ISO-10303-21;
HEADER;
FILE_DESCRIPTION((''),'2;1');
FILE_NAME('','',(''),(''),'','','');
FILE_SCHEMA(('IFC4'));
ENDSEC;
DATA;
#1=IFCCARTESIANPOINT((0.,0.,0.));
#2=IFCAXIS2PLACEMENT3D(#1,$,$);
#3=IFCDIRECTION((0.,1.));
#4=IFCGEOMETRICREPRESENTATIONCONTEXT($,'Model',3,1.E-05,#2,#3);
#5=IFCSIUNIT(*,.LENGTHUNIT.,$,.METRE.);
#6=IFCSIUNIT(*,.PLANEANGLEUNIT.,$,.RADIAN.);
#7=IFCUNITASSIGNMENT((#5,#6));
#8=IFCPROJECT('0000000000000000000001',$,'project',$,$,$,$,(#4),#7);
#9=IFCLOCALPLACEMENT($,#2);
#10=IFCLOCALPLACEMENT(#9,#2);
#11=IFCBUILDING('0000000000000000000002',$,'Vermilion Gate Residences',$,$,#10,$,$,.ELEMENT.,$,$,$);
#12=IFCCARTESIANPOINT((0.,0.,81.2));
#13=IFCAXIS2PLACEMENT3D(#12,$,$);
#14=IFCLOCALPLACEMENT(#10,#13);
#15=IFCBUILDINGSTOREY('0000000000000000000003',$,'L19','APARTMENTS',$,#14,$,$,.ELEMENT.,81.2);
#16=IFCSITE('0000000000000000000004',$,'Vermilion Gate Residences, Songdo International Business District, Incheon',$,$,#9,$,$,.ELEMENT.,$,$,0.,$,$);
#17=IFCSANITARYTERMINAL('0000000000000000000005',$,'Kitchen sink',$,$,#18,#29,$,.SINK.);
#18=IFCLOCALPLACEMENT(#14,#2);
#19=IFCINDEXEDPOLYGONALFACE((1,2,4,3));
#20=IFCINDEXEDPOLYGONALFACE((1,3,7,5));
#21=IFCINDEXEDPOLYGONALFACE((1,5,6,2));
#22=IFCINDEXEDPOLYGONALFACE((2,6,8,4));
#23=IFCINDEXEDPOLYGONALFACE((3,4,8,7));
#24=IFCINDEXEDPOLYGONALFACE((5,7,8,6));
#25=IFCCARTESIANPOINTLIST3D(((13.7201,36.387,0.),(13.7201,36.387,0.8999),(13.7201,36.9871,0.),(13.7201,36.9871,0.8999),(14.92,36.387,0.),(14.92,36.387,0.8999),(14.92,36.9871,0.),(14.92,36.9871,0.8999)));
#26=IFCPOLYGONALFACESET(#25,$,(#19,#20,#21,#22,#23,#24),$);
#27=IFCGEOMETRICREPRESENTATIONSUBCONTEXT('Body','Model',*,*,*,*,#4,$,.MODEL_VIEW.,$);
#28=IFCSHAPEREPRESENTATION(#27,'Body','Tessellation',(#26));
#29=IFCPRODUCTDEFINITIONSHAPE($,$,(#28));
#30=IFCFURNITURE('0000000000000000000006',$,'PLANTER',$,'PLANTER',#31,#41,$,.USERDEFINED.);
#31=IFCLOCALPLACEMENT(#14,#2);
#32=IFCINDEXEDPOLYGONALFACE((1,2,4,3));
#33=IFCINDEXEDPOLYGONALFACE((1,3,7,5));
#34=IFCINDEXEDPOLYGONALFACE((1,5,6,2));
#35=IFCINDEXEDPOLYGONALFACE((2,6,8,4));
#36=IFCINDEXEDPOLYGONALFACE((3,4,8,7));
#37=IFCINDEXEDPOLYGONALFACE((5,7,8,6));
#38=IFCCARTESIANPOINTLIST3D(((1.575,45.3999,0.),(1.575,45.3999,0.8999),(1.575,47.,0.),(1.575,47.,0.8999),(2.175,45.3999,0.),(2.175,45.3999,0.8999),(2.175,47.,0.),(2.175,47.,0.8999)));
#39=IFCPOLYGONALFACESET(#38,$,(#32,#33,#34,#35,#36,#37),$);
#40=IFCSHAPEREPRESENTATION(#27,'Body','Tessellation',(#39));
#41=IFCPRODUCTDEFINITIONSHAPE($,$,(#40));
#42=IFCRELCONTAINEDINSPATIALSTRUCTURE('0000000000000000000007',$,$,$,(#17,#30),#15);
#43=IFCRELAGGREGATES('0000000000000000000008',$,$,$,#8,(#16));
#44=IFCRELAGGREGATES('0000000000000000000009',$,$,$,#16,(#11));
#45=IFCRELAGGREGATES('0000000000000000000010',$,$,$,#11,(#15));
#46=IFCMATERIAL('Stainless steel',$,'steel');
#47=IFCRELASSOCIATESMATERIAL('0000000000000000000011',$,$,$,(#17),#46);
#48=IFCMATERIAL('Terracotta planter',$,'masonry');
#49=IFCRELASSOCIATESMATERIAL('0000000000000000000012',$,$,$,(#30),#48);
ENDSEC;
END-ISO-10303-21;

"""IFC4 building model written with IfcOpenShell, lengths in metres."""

from ifc_helpers import new_model, si_unit, direction, frame, origin, origin_2d, place, context, subcontext, project, spatial, rectangle, extrude, material, element, save


model = new_model("IFC4")

# Units and contexts
model_context = context("Model", 3, precision=1e-05, world=origin(), true_north=direction((0.0, 1.0)))
body_context = subcontext(model_context, "Body", "Model", "MODEL_VIEW")
ifc_project = project(units=[si_unit("LENGTHUNIT", "METRE"), si_unit("PLANEANGLEUNIT", "RADIAN")], contexts=[model_context])

# Site, building, storey
site_placement = place(None, origin())
site = spatial("IfcSite", under=ifc_project, at=site_placement, Name="Vermilion Gate Residences, Songdo International Business District, Incheon", CompositionType="ELEMENT", RefElevation=0.0)
building_placement = place(site_placement, origin())
building = spatial("IfcBuilding", under=site, at=building_placement, Name="Vermilion Gate Residences", CompositionType="ELEMENT")
storey_placement = place(building_placement, frame((0.0, 0.0, 81.2)))
storey = spatial("IfcBuildingStorey", under=building, at=storey_placement, Name="L19", Description="APARTMENTS", CompositionType="ELEMENT", Elevation=81.2)

# Sanitary terminal
ifc_material_1 = material(Name="Stainless steel", Category="steel")
sanitary_terminal_1_placement = place(storey_placement, frame((14.3201, 36.687, 0.0), z_axis=(0.0, 0.0, 1.0), x_axis=(1.0, 0.0, 0.0)))
element("IfcSanitaryTerminal", 1, at=sanitary_terminal_1_placement, inside=storey, material=ifc_material_1, Name="Kitchen sink", PredefinedType="SINK", context=body_context, shape_type="SweptSolid", body=[
    extrude(rectangle(XDim=1.2, YDim=0.6001, at=origin_2d()), origin(), (0.0, 0.0, 1.0), 0.8999),
])

# Furniture
ifc_material_2 = material(Name="Terracotta planter", Category="masonry")
furniture_placement = place(storey_placement, frame((1.875, 46.2, 0.0), z_axis=(0.0, 0.0, 1.0), x_axis=(0.0, -1.0, 0.0)))
element("IfcFurniture", 2, at=furniture_placement, inside=storey, material=ifc_material_2, Name="PLANTER", ObjectType="PLANTER", PredefinedType="USERDEFINED", context=body_context, shape_type="SweptSolid", body=[
    extrude(rectangle(XDim=1.6001, YDim=0.6001, at=origin_2d()), origin(), (0.0, 0.0, 1.0), 0.8999),
])

save(model, "model.ifc")
